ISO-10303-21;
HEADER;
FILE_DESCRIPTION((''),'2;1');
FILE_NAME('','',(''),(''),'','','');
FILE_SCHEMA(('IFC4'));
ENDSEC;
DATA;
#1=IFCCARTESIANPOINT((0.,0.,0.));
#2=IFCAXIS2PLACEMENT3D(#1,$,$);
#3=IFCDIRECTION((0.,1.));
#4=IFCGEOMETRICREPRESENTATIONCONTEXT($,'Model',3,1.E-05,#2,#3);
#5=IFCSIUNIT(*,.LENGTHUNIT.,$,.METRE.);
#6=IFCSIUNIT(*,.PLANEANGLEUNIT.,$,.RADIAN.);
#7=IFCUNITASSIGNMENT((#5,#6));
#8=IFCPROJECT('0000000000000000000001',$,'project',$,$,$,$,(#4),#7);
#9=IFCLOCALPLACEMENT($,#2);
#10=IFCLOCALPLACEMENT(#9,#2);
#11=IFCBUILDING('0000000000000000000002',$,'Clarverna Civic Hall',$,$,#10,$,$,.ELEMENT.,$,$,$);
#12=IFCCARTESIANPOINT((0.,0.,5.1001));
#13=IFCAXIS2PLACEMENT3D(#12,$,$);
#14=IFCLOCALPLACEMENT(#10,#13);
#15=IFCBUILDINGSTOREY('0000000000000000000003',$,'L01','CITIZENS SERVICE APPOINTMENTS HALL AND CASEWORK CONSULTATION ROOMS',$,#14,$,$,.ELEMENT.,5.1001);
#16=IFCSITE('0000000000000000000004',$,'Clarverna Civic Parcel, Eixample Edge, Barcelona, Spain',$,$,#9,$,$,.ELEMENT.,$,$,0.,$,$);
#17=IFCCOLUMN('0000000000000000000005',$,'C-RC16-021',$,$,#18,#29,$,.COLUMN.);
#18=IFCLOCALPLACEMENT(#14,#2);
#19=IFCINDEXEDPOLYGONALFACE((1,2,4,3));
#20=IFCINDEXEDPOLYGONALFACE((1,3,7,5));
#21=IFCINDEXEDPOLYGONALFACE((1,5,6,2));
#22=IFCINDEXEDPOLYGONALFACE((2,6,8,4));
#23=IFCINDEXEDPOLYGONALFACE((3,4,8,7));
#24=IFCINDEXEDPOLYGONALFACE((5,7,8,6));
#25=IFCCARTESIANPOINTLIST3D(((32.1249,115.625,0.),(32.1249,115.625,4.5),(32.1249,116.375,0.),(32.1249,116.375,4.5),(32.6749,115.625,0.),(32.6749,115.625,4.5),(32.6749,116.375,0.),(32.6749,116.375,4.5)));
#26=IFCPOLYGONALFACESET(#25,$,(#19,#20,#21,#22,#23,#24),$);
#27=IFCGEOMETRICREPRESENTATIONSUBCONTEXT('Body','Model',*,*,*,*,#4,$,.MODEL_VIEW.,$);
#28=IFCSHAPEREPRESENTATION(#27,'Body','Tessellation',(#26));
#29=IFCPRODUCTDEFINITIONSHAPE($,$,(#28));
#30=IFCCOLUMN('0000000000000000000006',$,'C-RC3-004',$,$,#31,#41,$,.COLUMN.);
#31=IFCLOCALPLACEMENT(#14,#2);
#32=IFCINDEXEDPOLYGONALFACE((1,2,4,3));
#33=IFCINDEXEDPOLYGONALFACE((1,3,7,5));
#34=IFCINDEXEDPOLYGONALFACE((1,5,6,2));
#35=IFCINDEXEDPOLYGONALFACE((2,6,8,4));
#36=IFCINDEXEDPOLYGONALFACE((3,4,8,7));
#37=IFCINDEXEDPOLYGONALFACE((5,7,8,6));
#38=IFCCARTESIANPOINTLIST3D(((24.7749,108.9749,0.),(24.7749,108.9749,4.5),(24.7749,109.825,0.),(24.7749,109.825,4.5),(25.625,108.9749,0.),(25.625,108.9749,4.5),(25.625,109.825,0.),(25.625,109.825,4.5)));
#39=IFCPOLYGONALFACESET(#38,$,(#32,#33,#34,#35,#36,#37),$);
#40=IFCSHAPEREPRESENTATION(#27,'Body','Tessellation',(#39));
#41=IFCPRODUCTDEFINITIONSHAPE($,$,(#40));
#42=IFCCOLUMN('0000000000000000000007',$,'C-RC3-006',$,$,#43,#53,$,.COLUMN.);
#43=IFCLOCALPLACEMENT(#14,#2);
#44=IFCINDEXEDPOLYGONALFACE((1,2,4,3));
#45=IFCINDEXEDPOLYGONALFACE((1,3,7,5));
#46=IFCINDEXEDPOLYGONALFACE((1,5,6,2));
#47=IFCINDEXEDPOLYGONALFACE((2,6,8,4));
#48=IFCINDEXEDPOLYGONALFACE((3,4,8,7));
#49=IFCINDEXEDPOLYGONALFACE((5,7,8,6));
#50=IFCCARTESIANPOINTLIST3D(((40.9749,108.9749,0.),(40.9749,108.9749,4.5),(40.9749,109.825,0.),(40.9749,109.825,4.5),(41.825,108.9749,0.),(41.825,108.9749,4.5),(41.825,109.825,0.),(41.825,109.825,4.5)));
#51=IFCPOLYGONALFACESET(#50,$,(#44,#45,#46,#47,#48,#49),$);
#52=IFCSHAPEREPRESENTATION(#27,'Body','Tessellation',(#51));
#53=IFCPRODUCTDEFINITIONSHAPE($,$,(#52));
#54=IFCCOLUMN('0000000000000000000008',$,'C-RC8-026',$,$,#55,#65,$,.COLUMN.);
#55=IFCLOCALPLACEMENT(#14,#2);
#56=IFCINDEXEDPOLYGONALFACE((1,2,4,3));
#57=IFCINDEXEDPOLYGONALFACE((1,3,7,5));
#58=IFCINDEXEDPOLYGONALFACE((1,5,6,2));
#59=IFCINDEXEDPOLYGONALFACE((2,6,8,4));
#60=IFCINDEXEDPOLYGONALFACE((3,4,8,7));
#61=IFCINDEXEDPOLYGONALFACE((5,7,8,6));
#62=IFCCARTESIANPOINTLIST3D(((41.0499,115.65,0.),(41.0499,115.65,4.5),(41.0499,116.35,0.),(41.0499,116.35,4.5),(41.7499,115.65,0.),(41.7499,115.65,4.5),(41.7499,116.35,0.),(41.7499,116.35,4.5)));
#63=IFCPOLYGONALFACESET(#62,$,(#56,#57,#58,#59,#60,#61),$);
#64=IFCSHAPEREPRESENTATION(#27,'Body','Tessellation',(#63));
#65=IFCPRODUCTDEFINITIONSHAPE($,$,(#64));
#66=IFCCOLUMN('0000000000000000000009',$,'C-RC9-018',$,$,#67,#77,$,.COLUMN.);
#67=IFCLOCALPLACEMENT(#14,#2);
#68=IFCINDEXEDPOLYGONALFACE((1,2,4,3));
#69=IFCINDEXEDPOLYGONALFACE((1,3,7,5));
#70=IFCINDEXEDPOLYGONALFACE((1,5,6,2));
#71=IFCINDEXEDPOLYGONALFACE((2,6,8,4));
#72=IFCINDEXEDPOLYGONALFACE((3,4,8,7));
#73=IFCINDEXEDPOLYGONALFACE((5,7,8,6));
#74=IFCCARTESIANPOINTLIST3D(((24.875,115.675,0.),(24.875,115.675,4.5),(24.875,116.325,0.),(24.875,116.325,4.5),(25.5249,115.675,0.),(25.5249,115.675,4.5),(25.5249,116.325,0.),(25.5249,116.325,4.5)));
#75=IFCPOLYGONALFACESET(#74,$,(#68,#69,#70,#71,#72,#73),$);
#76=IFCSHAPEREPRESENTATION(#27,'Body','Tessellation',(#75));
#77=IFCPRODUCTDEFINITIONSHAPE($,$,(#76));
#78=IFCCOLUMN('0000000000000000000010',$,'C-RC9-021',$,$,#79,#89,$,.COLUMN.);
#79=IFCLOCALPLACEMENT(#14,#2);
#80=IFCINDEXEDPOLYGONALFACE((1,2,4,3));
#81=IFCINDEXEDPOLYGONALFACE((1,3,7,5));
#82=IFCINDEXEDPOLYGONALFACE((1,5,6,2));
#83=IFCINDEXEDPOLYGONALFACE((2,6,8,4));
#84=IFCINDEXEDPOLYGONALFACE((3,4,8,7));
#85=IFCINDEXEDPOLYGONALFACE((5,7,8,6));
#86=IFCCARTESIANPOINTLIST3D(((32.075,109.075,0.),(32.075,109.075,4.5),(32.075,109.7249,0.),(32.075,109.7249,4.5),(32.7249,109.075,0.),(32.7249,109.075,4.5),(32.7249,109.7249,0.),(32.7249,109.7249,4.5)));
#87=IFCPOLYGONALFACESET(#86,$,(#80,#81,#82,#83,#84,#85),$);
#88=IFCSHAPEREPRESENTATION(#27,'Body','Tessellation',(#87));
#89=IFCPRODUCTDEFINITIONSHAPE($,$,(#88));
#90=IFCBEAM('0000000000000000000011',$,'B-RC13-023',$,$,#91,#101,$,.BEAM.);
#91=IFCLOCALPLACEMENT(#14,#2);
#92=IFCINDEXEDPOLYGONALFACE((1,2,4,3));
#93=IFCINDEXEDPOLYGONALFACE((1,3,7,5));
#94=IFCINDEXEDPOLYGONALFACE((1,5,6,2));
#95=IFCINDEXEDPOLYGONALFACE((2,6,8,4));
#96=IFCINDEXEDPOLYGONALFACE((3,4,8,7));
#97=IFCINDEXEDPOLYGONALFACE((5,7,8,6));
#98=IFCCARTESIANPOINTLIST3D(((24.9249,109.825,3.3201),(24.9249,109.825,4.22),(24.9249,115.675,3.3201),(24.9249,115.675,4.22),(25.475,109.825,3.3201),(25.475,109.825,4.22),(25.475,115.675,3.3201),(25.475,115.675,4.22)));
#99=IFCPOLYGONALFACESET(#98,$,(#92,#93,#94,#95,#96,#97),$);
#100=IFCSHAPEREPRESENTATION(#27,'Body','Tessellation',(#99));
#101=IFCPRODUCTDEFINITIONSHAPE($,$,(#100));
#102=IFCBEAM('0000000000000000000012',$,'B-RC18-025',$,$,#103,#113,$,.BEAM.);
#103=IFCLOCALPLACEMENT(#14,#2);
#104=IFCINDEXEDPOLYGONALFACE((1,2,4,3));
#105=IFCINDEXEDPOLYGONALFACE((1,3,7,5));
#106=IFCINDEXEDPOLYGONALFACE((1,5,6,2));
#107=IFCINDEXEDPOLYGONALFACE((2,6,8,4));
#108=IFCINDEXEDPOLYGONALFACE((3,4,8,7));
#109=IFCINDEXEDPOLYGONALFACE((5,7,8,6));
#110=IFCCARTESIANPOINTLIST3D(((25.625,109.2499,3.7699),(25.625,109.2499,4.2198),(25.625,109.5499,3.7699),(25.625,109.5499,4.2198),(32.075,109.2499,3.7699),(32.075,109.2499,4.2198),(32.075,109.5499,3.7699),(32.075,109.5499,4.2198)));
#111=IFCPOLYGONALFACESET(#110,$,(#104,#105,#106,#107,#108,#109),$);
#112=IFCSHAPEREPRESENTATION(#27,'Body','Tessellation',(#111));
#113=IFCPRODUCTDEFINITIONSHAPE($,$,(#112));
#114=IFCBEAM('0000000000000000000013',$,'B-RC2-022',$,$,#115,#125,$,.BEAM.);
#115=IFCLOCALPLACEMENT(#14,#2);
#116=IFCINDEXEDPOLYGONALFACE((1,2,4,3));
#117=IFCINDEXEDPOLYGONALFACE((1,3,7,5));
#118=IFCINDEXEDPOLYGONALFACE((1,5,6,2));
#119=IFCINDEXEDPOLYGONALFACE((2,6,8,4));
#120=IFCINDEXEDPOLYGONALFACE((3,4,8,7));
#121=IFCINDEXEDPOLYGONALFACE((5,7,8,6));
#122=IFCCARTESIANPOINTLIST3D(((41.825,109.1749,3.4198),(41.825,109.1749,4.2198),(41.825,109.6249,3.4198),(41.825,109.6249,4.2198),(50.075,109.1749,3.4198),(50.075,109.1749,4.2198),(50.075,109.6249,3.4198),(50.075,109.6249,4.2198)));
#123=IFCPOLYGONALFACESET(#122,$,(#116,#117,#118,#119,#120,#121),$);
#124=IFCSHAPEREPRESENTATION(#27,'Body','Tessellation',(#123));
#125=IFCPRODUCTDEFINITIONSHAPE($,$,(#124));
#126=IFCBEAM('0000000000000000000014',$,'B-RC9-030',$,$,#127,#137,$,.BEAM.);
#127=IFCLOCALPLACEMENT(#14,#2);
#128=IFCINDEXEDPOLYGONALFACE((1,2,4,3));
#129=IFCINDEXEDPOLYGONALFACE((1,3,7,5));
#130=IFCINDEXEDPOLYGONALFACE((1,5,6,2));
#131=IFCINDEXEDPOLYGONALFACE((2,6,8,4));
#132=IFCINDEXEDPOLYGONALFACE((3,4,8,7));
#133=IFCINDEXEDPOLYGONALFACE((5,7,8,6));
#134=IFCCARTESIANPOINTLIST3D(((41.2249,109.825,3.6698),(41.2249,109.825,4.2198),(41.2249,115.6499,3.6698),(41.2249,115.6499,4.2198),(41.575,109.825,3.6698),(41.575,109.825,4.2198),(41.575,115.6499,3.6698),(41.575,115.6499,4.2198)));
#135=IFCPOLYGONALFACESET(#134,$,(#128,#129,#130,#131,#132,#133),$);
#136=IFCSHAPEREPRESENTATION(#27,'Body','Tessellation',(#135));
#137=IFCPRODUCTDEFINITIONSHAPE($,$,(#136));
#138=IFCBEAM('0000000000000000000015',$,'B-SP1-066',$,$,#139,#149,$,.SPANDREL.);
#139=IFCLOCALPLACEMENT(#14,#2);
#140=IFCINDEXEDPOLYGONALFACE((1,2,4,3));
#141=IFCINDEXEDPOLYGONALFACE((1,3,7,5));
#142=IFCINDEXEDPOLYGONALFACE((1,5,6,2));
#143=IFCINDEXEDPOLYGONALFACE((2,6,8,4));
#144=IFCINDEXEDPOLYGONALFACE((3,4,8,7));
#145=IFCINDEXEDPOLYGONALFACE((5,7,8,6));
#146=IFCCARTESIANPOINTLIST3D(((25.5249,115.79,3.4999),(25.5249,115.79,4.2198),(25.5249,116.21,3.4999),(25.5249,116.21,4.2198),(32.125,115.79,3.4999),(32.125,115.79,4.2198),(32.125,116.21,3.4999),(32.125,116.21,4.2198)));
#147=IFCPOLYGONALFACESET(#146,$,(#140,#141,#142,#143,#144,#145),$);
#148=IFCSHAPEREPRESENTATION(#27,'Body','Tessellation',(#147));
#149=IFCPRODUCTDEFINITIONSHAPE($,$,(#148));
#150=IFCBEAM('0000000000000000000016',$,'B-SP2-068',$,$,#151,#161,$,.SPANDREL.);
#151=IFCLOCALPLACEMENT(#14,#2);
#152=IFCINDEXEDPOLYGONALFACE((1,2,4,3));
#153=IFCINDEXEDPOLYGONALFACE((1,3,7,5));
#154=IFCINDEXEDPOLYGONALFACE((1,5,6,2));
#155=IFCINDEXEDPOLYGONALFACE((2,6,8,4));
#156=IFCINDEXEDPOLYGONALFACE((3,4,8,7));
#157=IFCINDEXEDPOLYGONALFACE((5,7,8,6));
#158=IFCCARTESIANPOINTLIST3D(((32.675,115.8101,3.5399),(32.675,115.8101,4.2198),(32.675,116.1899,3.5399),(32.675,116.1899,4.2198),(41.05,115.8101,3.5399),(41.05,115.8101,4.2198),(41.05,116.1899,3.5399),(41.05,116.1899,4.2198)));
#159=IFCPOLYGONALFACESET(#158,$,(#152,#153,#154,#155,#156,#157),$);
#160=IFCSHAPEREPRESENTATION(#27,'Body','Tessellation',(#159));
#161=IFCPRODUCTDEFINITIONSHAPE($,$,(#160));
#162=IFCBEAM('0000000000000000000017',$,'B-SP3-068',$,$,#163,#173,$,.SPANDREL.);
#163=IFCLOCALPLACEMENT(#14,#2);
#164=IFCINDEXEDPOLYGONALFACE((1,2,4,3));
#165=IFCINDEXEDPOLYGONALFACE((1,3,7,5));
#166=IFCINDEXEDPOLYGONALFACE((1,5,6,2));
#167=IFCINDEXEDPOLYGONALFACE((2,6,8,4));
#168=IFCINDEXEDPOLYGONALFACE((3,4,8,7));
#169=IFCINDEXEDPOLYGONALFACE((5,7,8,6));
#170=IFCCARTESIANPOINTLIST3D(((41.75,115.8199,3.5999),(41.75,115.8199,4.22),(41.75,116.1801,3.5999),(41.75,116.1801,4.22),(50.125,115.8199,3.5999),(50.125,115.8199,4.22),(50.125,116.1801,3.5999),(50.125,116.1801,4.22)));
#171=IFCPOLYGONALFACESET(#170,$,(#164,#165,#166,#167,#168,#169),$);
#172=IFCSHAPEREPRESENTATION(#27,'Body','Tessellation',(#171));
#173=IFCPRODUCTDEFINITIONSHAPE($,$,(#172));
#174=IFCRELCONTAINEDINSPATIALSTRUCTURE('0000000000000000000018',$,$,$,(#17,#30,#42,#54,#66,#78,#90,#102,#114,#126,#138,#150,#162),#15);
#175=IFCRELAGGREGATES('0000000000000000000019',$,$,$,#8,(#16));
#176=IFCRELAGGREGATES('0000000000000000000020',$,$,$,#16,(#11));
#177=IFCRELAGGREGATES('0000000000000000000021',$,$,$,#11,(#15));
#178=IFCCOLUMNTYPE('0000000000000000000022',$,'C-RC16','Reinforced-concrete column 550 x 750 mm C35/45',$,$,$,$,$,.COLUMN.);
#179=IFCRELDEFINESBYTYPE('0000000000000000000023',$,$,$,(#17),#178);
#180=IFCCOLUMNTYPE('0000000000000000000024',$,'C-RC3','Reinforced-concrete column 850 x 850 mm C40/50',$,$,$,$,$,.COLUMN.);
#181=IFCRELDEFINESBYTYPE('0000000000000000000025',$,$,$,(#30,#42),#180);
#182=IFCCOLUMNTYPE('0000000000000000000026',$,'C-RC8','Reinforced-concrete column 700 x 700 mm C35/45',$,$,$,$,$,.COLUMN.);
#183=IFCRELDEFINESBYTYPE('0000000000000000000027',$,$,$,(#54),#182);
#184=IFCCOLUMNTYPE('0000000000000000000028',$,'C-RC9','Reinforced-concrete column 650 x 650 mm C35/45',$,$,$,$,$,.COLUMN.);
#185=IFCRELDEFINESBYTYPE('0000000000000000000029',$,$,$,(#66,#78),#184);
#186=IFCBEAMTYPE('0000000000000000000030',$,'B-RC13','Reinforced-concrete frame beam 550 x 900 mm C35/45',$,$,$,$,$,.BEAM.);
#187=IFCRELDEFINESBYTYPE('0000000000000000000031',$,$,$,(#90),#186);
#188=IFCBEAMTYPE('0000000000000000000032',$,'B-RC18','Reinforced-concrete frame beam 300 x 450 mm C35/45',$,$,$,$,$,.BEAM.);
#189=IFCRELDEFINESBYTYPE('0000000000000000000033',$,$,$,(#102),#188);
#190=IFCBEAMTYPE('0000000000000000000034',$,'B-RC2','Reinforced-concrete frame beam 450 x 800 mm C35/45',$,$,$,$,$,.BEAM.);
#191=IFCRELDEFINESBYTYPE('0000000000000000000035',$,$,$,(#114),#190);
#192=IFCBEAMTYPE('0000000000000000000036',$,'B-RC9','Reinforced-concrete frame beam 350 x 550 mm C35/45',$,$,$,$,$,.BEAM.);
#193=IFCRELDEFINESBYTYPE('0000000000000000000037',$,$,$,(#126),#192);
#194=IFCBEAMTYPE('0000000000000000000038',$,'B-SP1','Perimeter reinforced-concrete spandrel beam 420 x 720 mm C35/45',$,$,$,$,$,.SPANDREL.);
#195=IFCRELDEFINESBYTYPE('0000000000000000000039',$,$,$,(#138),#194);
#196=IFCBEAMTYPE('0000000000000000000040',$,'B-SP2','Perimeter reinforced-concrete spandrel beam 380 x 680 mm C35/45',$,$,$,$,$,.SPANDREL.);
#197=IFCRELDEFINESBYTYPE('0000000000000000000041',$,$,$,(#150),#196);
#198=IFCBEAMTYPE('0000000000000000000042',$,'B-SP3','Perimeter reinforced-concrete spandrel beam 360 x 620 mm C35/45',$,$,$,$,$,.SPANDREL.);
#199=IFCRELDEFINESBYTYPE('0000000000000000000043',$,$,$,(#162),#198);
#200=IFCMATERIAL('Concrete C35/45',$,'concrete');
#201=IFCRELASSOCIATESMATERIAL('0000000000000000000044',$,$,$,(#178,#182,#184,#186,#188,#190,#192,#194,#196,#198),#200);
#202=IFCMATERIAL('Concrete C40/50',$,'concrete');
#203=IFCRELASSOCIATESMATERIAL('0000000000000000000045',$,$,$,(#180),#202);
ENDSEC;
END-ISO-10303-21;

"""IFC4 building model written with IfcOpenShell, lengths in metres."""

from ifc_helpers import new_model, si_unit, direction, frame, origin, origin_2d, place, context, subcontext, project, spatial, rectangle, extrude, material, material_profile, profile_set, type_object, element, save


model = new_model("IFC4")

# Units and contexts
model_context = context("Model", 3, precision=1e-05, world=origin(), true_north=direction((0.0, 1.0)))
body_context = subcontext(model_context, "Body", "Model", "MODEL_VIEW")
ifc_project = project(units=[si_unit("LENGTHUNIT", "METRE"), si_unit("PLANEANGLEUNIT", "RADIAN")], contexts=[model_context])

# Site, building, storey
site_placement = place(None, origin())
site = spatial("IfcSite", under=ifc_project, at=site_placement, Name="Clarverna Civic Parcel, Eixample Edge, Barcelona, Spain", CompositionType="ELEMENT", RefElevation=0.0)
building_placement = place(site_placement, origin())
building = spatial("IfcBuilding", under=site, at=building_placement, Name="Clarverna Civic Hall", CompositionType="ELEMENT")
storey_placement = place(building_placement, frame((0.0, 0.0, 5.1001)))
storey = spatial("IfcBuildingStorey", under=building, at=storey_placement, Name="L01", Description="CITIZENS SERVICE APPOINTMENTS HALL AND CASEWORK CONSULTATION ROOMS", CompositionType="ELEMENT", Elevation=5.1001)

# Columns
ifc_material_1 = material(Name="Concrete C35/45", Category="concrete")
ifc_material_profile_1 = material_profile(ifc_material_1, rectangle(XDim=0.55, YDim=0.75, at=origin_2d()), Name="RC 550x750")
ifc_profile_set_1 = profile_set([ifc_material_profile_1], Name="Concrete C35/45")
column_type_1 = type_object("IfcColumnType", Name="C-RC16", Description="Reinforced-concrete column 550 x 750 mm C35/45", PredefinedType="COLUMN", material=ifc_profile_set_1)
column_1_placement = place(storey_placement, frame((32.3999, 116.0, 0.0), z_axis=(0.0, 0.0, 1.0), x_axis=(1.0, 0.0, 0.0)))
element("IfcColumn", 1, at=column_1_placement, inside=storey, type_object=column_type_1, Name="C-RC16-021", PredefinedType="COLUMN", context=body_context, shape_type="SweptSolid", body=[
    extrude(rectangle(XDim=0.55, YDim=0.75, at=origin_2d()), origin(), (0.0, 0.0, 1.0), 4.5),
])
ifc_material_2 = material(Name="Concrete C40/50", Category="concrete")
ifc_material_profile_2 = material_profile(ifc_material_2, rectangle(XDim=0.8501, YDim=0.8501, at=origin_2d()), Name="RC 850x850")
ifc_profile_set_2 = profile_set([ifc_material_profile_2], Name="Concrete C40/50")
column_type_2 = type_object("IfcColumnType", Name="C-RC3", Description="Reinforced-concrete column 850 x 850 mm C40/50", PredefinedType="COLUMN", material=ifc_profile_set_2)
for number, where, z_axis, x_axis, name in (
    (2, (25.2, 109.3999, 0.0), (0.0, 0.0, 1.0), (1.0, 0.0, 0.0), "C-RC3-004"),
    (3, (41.3999, 109.3999, 0.0), (0.0, 0.0, 1.0), (1.0, 0.0, 0.0), "C-RC3-006"),
):
    element("IfcColumn", number, at=place(storey_placement, frame(where, z_axis=z_axis, x_axis=x_axis)), inside=storey, type_object=column_type_2, Name=name, PredefinedType="COLUMN", context=body_context, shape_type="SweptSolid", body=[
        extrude(rectangle(XDim=0.8501, YDim=0.8501, at=origin_2d()), origin(), (0.0, 0.0, 1.0), 4.5),
    ])
ifc_material_profile_3 = material_profile(ifc_material_1, rectangle(XDim=0.7, YDim=0.7, at=origin_2d()), Name="RC 700x700")
ifc_profile_set_3 = profile_set([ifc_material_profile_3], Name="Concrete C35/45")
column_type_3 = type_object("IfcColumnType", Name="C-RC8", Description="Reinforced-concrete column 700 x 700 mm C35/45", PredefinedType="COLUMN", material=ifc_profile_set_3)
column_2_placement = place(storey_placement, frame((41.3999, 116.0, 0.0), z_axis=(0.0, 0.0, 1.0), x_axis=(1.0, 0.0, 0.0)))
element("IfcColumn", 4, at=column_2_placement, inside=storey, type_object=column_type_3, Name="C-RC8-026", PredefinedType="COLUMN", context=body_context, shape_type="SweptSolid", body=[
    extrude(rectangle(XDim=0.7, YDim=0.7, at=origin_2d()), origin(), (0.0, 0.0, 1.0), 4.5),
])
ifc_material_profile_4 = material_profile(ifc_material_1, rectangle(XDim=0.6499, YDim=0.6499, at=origin_2d()), Name="RC 650x650")
ifc_profile_set_4 = profile_set([ifc_material_profile_4], Name="Concrete C35/45")
column_type_4 = type_object("IfcColumnType", Name="C-RC9", Description="Reinforced-concrete column 650 x 650 mm C35/45", PredefinedType="COLUMN", material=ifc_profile_set_4)
for number, where, z_axis, x_axis, name in (
    (5, (25.2, 116.0, 0.0), (0.0, 0.0, 1.0), (1.0, 0.0, 0.0), "C-RC9-018"),
    (6, (32.3999, 109.3999, 0.0), (0.0, 0.0, 1.0), (1.0, 0.0, 0.0), "C-RC9-021"),
):
    element("IfcColumn", number, at=place(storey_placement, frame(where, z_axis=z_axis, x_axis=x_axis)), inside=storey, type_object=column_type_4, Name=name, PredefinedType="COLUMN", context=body_context, shape_type="SweptSolid", body=[
        extrude(rectangle(XDim=0.6499, YDim=0.6499, at=origin_2d()), origin(), (0.0, 0.0, 1.0), 4.5),
    ])

# Beams
ifc_material_profile_5 = material_profile(ifc_material_1, rectangle(XDim=0.55, YDim=0.8999, at=origin_2d()), Name="RC 550x900")
ifc_profile_set_5 = profile_set([ifc_material_profile_5], Name="Concrete C35/45")
beam_type_1 = type_object("IfcBeamType", Name="B-RC13", Description="Reinforced-concrete frame beam 550 x 900 mm C35/45", PredefinedType="BEAM", material=ifc_profile_set_5)
beam_1_placement = place(storey_placement, frame((25.2, 109.825, 3.77), z_axis=(0.0, 1.0, 0.0), x_axis=(-1.0, 0.0, 0.0)))
element("IfcBeam", 7, at=beam_1_placement, inside=storey, type_object=beam_type_1, Name="B-RC13-023", PredefinedType="BEAM", context=body_context, shape_type="SweptSolid", body=[
    extrude(rectangle(XDim=0.55, YDim=0.8999, at=origin_2d()), origin(), (0.0, 0.0, 1.0), 5.8501),
])
ifc_material_profile_6 = material_profile(ifc_material_1, rectangle(XDim=0.3, YDim=0.45, at=origin_2d()), Name="RC 300x450")
ifc_profile_set_6 = profile_set([ifc_material_profile_6], Name="Concrete C35/45")
beam_type_2 = type_object("IfcBeamType", Name="B-RC18", Description="Reinforced-concrete frame beam 300 x 450 mm C35/45", PredefinedType="BEAM", material=ifc_profile_set_6)
beam_2_placement = place(storey_placement, frame((25.625, 109.3999, 3.9949), z_axis=(1.0, 0.0, 0.0), x_axis=(0.0, 1.0, 0.0)))
element("IfcBeam", 8, at=beam_2_placement, inside=storey, type_object=beam_type_2, Name="B-RC18-025", PredefinedType="BEAM", context=body_context, shape_type="SweptSolid", body=[
    extrude(rectangle(XDim=0.3, YDim=0.45, at=origin_2d()), origin(), (0.0, 0.0, 1.0), 6.45),
])
ifc_material_profile_7 = material_profile(ifc_material_1, rectangle(XDim=0.45, YDim=0.8, at=origin_2d()), Name="RC 450x800")
ifc_profile_set_7 = profile_set([ifc_material_profile_7], Name="Concrete C35/45")
beam_type_3 = type_object("IfcBeamType", Name="B-RC2", Description="Reinforced-concrete frame beam 450 x 800 mm C35/45", PredefinedType="BEAM", material=ifc_profile_set_7)
beam_3_placement = place(storey_placement, frame((41.825, 109.3999, 3.8198), z_axis=(1.0, 0.0, 0.0), x_axis=(0.0, 1.0, 0.0)))
element("IfcBeam", 9, at=beam_3_placement, inside=storey, type_object=beam_type_3, Name="B-RC2-022", PredefinedType="BEAM", context=body_context, shape_type="SweptSolid", body=[
    extrude(rectangle(XDim=0.45, YDim=0.8, at=origin_2d()), origin(), (0.0, 0.0, 1.0), 8.25),
])
ifc_material_profile_8 = material_profile(ifc_material_1, rectangle(XDim=0.3501, YDim=0.55, at=origin_2d()), Name="RC 350x550")
ifc_profile_set_8 = profile_set([ifc_material_profile_8], Name="Concrete C35/45")
beam_type_4 = type_object("IfcBeamType", Name="B-RC9", Description="Reinforced-concrete frame beam 350 x 550 mm C35/45", PredefinedType="BEAM", material=ifc_profile_set_8)
beam_4_placement = place(storey_placement, frame((41.3999, 109.825, 3.9448), z_axis=(0.0, 1.0, 0.0), x_axis=(-1.0, 0.0, 0.0)))
element("IfcBeam", 10, at=beam_4_placement, inside=storey, type_object=beam_type_4, Name="B-RC9-030", PredefinedType="BEAM", context=body_context, shape_type="SweptSolid", body=[
    extrude(rectangle(XDim=0.3501, YDim=0.55, at=origin_2d()), origin(), (0.0, 0.0, 1.0), 5.825),
])
ifc_material_profile_9 = material_profile(ifc_material_1, rectangle(XDim=0.4199, YDim=0.72, at=origin_2d()), Name="RC 420x720")
ifc_profile_set_9 = profile_set([ifc_material_profile_9], Name="Concrete C35/45")
beam_type_5 = type_object("IfcBeamType", Name="B-SP1", Description="Perimeter reinforced-concrete spandrel beam 420 x 720 mm C35/45", PredefinedType="SPANDREL", material=ifc_profile_set_9)
beam_5_placement = place(storey_placement, frame((25.5249, 116.0, 3.8599), z_axis=(1.0, 0.0, 0.0), x_axis=(0.0, 1.0, 0.0)))
element("IfcBeam", 11, at=beam_5_placement, inside=storey, type_object=beam_type_5, Name="B-SP1-066", PredefinedType="SPANDREL", context=body_context, shape_type="SweptSolid", body=[
    extrude(rectangle(XDim=0.4199, YDim=0.72, at=origin_2d()), origin(), (0.0, 0.0, 1.0), 6.6001),
])
ifc_material_profile_10 = material_profile(ifc_material_1, rectangle(XDim=0.3799, YDim=0.6799, at=origin_2d()), Name="RC 380x680")
ifc_profile_set_10 = profile_set([ifc_material_profile_10], Name="Concrete C35/45")
beam_type_6 = type_object("IfcBeamType", Name="B-SP2", Description="Perimeter reinforced-concrete spandrel beam 380 x 680 mm C35/45", PredefinedType="SPANDREL", material=ifc_profile_set_10)
beam_6_placement = place(storey_placement, frame((32.675, 116.0, 3.8799), z_axis=(1.0, 0.0, 0.0), x_axis=(0.0, 1.0, 0.0)))
element("IfcBeam", 12, at=beam_6_placement, inside=storey, type_object=beam_type_6, Name="B-SP2-068", PredefinedType="SPANDREL", context=body_context, shape_type="SweptSolid", body=[
    extrude(rectangle(XDim=0.3799, YDim=0.6799, at=origin_2d()), origin(), (0.0, 0.0, 1.0), 8.375),
])
ifc_material_profile_11 = material_profile(ifc_material_1, rectangle(XDim=0.3601, YDim=0.6201, at=origin_2d()), Name="RC 360x620")
ifc_profile_set_11 = profile_set([ifc_material_profile_11], Name="Concrete C35/45")
beam_type_7 = type_object("IfcBeamType", Name="B-SP3", Description="Perimeter reinforced-concrete spandrel beam 360 x 620 mm C35/45", PredefinedType="SPANDREL", material=ifc_profile_set_11)
beam_7_placement = place(storey_placement, frame((41.75, 116.0, 3.9099), z_axis=(1.0, 0.0, 0.0), x_axis=(0.0, 1.0, 0.0)))
element("IfcBeam", 13, at=beam_7_placement, inside=storey, type_object=beam_type_7, Name="B-SP3-068", PredefinedType="SPANDREL", context=body_context, shape_type="SweptSolid", body=[
    extrude(rectangle(XDim=0.3601, YDim=0.6201, at=origin_2d()), origin(), (0.0, 0.0, 1.0), 8.375),
])

save(model, "model.ifc")
